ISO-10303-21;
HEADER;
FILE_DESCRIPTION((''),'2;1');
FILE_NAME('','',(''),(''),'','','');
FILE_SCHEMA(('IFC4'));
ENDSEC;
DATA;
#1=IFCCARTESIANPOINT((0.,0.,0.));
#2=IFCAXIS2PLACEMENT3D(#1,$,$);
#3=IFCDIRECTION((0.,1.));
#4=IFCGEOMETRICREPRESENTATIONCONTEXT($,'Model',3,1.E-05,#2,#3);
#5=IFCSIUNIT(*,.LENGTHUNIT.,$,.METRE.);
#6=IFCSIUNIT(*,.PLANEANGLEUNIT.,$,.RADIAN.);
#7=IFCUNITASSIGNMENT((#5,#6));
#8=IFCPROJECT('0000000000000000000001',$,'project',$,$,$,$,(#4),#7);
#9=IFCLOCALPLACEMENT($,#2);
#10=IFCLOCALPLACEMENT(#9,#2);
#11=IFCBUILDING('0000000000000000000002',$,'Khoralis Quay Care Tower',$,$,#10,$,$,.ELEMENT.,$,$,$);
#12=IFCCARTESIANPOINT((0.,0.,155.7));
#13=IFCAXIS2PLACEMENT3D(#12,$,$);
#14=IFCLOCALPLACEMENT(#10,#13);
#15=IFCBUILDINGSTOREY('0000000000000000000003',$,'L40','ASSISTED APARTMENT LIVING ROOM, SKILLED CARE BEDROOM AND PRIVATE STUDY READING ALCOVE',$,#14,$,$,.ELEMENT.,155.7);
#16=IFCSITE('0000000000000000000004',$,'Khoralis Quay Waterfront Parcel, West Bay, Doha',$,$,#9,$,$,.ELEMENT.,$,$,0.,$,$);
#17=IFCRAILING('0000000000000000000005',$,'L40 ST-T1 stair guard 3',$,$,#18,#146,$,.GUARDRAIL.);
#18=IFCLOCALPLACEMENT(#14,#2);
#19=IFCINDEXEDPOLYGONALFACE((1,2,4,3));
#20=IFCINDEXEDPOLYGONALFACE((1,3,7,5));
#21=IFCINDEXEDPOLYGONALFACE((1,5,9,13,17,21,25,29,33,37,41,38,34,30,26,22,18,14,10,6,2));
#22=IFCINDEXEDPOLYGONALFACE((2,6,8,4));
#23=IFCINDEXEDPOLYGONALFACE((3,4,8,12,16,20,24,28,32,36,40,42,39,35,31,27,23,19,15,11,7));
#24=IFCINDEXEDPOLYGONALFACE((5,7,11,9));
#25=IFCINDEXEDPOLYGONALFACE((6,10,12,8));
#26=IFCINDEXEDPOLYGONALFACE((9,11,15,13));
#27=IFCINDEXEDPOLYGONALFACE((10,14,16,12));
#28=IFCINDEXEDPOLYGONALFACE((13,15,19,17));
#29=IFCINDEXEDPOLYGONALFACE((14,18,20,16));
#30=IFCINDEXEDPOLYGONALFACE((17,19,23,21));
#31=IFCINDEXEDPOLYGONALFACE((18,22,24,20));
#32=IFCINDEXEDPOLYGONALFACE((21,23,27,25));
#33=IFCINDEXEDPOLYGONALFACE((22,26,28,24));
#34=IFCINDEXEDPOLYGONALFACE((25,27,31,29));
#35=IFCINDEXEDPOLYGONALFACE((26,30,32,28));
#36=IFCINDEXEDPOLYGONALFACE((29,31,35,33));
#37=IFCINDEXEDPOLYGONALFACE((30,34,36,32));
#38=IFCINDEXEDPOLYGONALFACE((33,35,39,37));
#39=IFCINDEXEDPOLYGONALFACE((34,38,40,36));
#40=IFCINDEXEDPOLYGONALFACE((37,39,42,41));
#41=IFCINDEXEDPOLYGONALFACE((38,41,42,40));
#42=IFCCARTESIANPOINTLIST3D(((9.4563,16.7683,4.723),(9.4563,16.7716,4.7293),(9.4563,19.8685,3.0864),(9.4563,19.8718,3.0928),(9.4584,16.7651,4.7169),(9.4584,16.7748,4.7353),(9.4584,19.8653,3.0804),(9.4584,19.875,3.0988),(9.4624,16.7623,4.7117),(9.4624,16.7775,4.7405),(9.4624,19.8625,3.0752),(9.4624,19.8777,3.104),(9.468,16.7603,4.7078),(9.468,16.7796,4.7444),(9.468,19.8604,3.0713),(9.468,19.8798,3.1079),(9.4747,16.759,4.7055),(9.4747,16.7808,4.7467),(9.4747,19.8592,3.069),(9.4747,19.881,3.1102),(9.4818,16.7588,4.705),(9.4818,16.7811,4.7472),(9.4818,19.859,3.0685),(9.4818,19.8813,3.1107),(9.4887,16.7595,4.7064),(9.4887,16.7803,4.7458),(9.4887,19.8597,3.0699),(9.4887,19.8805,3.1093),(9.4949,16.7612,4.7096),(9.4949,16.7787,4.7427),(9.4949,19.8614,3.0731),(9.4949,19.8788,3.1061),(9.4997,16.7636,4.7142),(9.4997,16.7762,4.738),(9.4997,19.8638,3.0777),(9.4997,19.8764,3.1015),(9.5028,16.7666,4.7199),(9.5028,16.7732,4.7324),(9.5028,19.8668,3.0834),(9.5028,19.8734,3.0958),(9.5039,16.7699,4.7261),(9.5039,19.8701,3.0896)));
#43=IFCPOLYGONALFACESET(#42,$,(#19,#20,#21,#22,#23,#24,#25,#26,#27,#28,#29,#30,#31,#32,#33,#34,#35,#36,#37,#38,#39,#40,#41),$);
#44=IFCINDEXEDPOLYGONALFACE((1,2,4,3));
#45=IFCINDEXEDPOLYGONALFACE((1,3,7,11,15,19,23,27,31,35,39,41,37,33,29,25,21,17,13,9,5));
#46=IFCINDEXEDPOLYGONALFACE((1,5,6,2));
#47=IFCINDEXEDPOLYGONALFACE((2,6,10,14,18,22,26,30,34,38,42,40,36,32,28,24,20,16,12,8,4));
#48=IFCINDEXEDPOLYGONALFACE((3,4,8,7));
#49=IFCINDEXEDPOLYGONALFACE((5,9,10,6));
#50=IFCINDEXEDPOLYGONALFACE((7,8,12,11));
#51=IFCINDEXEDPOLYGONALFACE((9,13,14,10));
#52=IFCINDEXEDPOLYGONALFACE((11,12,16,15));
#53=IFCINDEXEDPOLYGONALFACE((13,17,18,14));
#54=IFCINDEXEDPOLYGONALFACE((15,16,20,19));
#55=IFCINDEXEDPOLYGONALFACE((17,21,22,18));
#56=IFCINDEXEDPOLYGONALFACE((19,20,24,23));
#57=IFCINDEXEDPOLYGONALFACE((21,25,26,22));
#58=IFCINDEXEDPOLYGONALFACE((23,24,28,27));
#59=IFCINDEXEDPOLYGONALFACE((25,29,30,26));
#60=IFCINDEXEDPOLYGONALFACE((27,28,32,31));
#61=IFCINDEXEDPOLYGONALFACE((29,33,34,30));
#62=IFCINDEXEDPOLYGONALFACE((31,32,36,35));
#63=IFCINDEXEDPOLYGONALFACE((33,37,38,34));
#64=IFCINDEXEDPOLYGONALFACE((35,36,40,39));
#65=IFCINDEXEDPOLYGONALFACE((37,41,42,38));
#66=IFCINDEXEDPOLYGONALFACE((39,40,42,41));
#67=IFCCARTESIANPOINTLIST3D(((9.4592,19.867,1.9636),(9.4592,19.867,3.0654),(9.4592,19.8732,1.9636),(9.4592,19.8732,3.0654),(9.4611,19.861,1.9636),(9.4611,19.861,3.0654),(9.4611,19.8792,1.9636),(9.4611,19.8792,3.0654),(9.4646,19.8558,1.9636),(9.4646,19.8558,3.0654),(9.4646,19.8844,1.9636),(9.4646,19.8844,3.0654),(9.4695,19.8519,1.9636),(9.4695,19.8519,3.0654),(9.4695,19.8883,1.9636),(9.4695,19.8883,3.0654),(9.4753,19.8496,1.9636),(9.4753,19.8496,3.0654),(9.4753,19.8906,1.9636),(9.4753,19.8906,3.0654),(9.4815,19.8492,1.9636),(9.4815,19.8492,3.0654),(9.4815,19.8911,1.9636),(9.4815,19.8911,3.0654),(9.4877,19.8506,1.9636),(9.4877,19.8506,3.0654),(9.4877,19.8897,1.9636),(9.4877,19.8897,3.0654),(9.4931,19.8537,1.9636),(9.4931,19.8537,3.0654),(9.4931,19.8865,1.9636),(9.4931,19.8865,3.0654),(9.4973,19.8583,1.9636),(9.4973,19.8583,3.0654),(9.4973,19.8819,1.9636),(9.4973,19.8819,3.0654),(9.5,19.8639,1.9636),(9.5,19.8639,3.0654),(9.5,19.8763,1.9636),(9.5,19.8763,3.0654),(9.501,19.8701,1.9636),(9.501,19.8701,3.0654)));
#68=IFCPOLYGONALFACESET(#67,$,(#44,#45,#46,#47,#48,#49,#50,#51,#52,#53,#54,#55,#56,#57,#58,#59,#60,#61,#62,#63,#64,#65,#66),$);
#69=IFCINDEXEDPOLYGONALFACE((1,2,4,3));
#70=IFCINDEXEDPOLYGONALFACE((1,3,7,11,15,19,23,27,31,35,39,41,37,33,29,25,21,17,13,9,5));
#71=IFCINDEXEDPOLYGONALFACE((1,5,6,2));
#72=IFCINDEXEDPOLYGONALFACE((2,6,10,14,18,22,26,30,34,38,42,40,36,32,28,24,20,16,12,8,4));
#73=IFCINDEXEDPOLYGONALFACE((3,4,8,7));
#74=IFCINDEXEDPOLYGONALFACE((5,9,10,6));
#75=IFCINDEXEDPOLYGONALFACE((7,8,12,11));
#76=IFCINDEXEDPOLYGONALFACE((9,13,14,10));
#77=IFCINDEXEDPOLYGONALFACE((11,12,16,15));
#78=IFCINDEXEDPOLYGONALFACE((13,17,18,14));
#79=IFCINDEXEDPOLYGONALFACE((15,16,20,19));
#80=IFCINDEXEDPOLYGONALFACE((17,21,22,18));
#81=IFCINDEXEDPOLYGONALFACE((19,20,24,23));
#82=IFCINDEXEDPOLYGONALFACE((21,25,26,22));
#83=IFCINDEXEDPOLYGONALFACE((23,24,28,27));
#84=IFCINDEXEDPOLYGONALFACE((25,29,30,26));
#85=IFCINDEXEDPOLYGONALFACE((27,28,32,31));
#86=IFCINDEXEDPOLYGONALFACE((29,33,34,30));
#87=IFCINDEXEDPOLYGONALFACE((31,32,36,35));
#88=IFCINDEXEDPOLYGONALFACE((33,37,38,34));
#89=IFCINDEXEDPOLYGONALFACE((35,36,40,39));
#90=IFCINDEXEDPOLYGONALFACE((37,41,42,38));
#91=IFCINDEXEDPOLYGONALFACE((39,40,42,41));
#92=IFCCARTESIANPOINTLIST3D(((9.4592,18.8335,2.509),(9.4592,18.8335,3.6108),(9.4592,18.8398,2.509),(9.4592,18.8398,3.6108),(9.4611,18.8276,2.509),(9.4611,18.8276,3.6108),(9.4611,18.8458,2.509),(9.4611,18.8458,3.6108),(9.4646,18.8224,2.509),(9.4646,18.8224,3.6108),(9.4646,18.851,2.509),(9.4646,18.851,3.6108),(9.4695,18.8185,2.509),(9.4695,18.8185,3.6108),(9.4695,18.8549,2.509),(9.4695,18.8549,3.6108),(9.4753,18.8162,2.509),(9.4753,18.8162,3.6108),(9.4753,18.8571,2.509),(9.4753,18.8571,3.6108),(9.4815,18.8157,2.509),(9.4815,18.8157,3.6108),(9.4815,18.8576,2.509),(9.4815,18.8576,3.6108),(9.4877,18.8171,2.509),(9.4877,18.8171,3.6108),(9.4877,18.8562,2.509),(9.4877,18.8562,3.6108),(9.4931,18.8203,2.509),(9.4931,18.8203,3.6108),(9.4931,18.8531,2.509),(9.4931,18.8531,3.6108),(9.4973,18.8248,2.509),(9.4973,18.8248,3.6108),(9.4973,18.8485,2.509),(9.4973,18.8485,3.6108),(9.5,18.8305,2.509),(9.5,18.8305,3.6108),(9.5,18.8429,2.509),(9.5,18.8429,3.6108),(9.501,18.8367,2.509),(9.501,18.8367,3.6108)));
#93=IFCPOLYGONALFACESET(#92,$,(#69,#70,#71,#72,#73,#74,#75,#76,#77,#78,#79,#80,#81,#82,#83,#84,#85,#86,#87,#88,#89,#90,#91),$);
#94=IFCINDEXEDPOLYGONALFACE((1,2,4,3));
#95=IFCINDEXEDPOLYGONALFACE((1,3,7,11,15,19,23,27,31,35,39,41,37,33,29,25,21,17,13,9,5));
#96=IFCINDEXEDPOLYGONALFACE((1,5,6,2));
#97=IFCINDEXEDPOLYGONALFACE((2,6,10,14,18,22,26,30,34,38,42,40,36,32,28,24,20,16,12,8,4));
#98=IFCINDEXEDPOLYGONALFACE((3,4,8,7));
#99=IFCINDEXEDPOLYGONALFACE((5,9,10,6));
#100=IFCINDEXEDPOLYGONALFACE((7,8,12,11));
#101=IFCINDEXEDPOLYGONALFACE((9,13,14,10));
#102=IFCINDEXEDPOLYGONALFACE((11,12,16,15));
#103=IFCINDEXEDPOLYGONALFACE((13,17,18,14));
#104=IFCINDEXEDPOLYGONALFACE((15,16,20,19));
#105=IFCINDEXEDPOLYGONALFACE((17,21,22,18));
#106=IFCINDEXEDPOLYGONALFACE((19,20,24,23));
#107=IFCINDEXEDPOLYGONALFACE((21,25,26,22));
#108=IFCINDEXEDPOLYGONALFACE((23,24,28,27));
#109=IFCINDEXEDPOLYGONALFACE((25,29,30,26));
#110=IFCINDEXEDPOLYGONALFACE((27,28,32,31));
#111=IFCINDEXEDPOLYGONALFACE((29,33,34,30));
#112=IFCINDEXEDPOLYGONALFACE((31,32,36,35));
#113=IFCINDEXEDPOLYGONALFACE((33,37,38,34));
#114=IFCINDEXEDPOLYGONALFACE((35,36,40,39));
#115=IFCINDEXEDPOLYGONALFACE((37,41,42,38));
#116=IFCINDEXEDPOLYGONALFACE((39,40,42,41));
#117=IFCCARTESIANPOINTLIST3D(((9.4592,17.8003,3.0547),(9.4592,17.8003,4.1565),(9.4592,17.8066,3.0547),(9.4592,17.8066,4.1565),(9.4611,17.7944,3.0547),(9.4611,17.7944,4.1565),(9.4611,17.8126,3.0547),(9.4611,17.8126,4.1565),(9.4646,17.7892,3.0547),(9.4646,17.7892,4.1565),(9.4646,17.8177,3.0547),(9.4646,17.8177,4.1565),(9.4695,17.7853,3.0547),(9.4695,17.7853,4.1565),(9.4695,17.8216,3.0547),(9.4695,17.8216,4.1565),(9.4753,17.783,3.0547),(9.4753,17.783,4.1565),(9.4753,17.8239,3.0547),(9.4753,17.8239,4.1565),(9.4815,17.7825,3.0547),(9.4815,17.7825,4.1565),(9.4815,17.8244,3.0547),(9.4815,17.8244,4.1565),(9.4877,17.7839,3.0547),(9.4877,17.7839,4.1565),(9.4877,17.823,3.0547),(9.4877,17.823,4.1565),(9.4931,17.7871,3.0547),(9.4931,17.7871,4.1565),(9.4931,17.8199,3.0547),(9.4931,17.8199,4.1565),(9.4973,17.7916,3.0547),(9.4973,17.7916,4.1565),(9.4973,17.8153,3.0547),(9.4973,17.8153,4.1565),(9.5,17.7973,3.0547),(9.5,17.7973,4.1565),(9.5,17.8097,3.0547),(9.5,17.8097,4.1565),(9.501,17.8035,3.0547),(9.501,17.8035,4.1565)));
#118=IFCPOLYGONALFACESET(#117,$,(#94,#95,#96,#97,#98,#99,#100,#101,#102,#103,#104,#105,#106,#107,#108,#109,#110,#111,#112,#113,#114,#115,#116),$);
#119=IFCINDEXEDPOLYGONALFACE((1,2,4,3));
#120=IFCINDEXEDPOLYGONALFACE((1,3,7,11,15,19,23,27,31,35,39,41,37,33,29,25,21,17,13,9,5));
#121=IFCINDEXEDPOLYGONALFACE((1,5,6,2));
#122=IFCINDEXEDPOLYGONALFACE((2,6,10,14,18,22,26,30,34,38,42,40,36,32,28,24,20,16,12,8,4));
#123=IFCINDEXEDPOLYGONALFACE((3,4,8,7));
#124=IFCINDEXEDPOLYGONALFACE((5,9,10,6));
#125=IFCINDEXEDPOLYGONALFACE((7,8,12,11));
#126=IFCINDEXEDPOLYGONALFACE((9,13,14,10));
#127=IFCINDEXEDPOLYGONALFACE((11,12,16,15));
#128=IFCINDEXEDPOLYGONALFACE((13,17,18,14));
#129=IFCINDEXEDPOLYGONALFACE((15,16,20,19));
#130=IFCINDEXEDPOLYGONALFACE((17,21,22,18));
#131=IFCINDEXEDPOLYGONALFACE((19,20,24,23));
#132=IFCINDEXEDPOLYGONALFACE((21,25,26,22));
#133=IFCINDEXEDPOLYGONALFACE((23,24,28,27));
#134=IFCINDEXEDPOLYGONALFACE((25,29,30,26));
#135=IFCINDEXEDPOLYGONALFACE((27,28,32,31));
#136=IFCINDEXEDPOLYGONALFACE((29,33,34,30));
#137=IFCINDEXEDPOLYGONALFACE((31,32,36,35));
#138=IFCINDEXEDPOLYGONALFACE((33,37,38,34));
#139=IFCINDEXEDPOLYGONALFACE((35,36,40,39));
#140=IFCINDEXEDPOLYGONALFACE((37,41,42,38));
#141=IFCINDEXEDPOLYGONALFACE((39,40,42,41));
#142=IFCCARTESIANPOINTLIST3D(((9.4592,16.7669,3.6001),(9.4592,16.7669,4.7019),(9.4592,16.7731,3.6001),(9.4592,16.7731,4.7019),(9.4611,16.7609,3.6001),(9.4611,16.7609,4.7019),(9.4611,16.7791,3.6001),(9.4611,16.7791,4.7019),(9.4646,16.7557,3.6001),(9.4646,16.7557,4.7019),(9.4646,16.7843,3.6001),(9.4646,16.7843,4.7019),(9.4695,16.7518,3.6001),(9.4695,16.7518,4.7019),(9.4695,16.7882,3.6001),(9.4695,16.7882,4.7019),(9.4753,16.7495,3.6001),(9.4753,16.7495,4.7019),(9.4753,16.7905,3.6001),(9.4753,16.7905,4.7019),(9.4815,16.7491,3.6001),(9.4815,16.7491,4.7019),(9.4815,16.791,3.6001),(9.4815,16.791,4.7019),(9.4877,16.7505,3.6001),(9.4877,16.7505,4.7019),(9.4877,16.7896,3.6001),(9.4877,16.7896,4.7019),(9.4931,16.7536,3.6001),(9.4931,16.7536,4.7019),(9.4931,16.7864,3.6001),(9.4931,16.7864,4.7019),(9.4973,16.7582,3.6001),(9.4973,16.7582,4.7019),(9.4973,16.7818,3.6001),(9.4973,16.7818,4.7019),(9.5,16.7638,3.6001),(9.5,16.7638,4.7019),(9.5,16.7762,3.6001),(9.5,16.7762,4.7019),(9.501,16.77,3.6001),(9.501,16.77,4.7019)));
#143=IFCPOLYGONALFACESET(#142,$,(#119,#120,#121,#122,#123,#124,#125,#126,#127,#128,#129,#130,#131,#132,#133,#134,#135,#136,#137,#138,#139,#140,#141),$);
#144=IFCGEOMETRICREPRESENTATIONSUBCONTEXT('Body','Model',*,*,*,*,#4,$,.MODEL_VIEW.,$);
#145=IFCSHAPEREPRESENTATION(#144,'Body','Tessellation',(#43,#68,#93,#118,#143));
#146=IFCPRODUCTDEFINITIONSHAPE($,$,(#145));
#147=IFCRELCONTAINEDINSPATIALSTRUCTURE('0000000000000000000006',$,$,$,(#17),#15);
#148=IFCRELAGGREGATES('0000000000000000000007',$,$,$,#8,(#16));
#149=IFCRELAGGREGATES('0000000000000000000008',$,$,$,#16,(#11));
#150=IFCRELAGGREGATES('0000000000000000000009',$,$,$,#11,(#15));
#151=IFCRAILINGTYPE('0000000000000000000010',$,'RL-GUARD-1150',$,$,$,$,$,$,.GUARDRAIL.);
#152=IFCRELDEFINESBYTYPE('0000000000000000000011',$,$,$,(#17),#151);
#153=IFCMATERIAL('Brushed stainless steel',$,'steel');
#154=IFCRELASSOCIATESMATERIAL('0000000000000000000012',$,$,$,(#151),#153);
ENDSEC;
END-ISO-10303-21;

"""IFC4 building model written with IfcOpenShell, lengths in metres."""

from ifc_helpers import new_model, si_unit, direction, frame, origin, origin_2d, place, context, subcontext, project, spatial, circle, extrude, material, type_object, element, save


model = new_model("IFC4")

# Units and contexts
model_context = context("Model", 3, precision=1e-05, world=origin(), true_north=direction((0.0, 1.0)))
body_context = subcontext(model_context, "Body", "Model", "MODEL_VIEW")
ifc_project = project(units=[si_unit("LENGTHUNIT", "METRE"), si_unit("PLANEANGLEUNIT", "RADIAN")], contexts=[model_context])

# Site, building, storey
site_placement = place(None, origin())
site = spatial("IfcSite", under=ifc_project, at=site_placement, Name="Khoralis Quay Waterfront Parcel, West Bay, Doha", CompositionType="ELEMENT", RefElevation=0.0)
building_placement = place(site_placement, origin())
building = spatial("IfcBuilding", under=site, at=building_placement, Name="Khoralis Quay Care Tower", CompositionType="ELEMENT")
storey_placement = place(building_placement, frame((0.0, 0.0, 155.7)))
storey = spatial("IfcBuildingStorey", under=building, at=storey_placement, Name="L40", Description="ASSISTED APARTMENT LIVING ROOM, SKILLED CARE BEDROOM AND PRIVATE STUDY READING ALCOVE", CompositionType="ELEMENT", Elevation=155.7)

# Shared definitions
ifc_material_1 = material(Name="Brushed stainless steel", Category="steel")

# Railing
railing_type_1 = type_object("IfcRailingType", Name="RL-GUARD-1150", PredefinedType="GUARDRAIL", material=ifc_material_1)
railing_1_placement = place(storey_placement, frame((9.48, 19.8701, 1.9636)))
element("IfcRailing", 1, at=railing_1_placement, inside=storey, type_object=railing_type_1, Name="L40 ST-T1 stair guard 3", PredefinedType="GUARDRAIL", context=body_context, shape_type="SweptSolid", body=[
    extrude(circle(Radius=0.0239, at=origin_2d()), frame((0.0, 0.0, 1.126), z_axis=(0.0, -0.884348, 0.466828), x_axis=(1.0, 0.0, 0.0)), (0.0, 0.0, 1.0), 3.5056),
    extrude(circle(Radius=0.021, at=origin_2d()), origin(), (0.0, 0.0, 1.0), 1.1018),
    extrude(circle(Radius=0.021, at=origin_2d()), frame((0.0, -1.0334, 0.5454)), (0.0, 0.0, 1.0), 1.1018),
    extrude(circle(Radius=0.021, at=origin_2d()), frame((0.0, -2.0667, 1.0911)), (0.0, 0.0, 1.0), 1.1018),
    extrude(circle(Radius=0.021, at=origin_2d()), frame((0.0, -3.1001, 1.6365)), (0.0, 0.0, 1.0), 1.1018),
])

save(model, "model.ifc")
